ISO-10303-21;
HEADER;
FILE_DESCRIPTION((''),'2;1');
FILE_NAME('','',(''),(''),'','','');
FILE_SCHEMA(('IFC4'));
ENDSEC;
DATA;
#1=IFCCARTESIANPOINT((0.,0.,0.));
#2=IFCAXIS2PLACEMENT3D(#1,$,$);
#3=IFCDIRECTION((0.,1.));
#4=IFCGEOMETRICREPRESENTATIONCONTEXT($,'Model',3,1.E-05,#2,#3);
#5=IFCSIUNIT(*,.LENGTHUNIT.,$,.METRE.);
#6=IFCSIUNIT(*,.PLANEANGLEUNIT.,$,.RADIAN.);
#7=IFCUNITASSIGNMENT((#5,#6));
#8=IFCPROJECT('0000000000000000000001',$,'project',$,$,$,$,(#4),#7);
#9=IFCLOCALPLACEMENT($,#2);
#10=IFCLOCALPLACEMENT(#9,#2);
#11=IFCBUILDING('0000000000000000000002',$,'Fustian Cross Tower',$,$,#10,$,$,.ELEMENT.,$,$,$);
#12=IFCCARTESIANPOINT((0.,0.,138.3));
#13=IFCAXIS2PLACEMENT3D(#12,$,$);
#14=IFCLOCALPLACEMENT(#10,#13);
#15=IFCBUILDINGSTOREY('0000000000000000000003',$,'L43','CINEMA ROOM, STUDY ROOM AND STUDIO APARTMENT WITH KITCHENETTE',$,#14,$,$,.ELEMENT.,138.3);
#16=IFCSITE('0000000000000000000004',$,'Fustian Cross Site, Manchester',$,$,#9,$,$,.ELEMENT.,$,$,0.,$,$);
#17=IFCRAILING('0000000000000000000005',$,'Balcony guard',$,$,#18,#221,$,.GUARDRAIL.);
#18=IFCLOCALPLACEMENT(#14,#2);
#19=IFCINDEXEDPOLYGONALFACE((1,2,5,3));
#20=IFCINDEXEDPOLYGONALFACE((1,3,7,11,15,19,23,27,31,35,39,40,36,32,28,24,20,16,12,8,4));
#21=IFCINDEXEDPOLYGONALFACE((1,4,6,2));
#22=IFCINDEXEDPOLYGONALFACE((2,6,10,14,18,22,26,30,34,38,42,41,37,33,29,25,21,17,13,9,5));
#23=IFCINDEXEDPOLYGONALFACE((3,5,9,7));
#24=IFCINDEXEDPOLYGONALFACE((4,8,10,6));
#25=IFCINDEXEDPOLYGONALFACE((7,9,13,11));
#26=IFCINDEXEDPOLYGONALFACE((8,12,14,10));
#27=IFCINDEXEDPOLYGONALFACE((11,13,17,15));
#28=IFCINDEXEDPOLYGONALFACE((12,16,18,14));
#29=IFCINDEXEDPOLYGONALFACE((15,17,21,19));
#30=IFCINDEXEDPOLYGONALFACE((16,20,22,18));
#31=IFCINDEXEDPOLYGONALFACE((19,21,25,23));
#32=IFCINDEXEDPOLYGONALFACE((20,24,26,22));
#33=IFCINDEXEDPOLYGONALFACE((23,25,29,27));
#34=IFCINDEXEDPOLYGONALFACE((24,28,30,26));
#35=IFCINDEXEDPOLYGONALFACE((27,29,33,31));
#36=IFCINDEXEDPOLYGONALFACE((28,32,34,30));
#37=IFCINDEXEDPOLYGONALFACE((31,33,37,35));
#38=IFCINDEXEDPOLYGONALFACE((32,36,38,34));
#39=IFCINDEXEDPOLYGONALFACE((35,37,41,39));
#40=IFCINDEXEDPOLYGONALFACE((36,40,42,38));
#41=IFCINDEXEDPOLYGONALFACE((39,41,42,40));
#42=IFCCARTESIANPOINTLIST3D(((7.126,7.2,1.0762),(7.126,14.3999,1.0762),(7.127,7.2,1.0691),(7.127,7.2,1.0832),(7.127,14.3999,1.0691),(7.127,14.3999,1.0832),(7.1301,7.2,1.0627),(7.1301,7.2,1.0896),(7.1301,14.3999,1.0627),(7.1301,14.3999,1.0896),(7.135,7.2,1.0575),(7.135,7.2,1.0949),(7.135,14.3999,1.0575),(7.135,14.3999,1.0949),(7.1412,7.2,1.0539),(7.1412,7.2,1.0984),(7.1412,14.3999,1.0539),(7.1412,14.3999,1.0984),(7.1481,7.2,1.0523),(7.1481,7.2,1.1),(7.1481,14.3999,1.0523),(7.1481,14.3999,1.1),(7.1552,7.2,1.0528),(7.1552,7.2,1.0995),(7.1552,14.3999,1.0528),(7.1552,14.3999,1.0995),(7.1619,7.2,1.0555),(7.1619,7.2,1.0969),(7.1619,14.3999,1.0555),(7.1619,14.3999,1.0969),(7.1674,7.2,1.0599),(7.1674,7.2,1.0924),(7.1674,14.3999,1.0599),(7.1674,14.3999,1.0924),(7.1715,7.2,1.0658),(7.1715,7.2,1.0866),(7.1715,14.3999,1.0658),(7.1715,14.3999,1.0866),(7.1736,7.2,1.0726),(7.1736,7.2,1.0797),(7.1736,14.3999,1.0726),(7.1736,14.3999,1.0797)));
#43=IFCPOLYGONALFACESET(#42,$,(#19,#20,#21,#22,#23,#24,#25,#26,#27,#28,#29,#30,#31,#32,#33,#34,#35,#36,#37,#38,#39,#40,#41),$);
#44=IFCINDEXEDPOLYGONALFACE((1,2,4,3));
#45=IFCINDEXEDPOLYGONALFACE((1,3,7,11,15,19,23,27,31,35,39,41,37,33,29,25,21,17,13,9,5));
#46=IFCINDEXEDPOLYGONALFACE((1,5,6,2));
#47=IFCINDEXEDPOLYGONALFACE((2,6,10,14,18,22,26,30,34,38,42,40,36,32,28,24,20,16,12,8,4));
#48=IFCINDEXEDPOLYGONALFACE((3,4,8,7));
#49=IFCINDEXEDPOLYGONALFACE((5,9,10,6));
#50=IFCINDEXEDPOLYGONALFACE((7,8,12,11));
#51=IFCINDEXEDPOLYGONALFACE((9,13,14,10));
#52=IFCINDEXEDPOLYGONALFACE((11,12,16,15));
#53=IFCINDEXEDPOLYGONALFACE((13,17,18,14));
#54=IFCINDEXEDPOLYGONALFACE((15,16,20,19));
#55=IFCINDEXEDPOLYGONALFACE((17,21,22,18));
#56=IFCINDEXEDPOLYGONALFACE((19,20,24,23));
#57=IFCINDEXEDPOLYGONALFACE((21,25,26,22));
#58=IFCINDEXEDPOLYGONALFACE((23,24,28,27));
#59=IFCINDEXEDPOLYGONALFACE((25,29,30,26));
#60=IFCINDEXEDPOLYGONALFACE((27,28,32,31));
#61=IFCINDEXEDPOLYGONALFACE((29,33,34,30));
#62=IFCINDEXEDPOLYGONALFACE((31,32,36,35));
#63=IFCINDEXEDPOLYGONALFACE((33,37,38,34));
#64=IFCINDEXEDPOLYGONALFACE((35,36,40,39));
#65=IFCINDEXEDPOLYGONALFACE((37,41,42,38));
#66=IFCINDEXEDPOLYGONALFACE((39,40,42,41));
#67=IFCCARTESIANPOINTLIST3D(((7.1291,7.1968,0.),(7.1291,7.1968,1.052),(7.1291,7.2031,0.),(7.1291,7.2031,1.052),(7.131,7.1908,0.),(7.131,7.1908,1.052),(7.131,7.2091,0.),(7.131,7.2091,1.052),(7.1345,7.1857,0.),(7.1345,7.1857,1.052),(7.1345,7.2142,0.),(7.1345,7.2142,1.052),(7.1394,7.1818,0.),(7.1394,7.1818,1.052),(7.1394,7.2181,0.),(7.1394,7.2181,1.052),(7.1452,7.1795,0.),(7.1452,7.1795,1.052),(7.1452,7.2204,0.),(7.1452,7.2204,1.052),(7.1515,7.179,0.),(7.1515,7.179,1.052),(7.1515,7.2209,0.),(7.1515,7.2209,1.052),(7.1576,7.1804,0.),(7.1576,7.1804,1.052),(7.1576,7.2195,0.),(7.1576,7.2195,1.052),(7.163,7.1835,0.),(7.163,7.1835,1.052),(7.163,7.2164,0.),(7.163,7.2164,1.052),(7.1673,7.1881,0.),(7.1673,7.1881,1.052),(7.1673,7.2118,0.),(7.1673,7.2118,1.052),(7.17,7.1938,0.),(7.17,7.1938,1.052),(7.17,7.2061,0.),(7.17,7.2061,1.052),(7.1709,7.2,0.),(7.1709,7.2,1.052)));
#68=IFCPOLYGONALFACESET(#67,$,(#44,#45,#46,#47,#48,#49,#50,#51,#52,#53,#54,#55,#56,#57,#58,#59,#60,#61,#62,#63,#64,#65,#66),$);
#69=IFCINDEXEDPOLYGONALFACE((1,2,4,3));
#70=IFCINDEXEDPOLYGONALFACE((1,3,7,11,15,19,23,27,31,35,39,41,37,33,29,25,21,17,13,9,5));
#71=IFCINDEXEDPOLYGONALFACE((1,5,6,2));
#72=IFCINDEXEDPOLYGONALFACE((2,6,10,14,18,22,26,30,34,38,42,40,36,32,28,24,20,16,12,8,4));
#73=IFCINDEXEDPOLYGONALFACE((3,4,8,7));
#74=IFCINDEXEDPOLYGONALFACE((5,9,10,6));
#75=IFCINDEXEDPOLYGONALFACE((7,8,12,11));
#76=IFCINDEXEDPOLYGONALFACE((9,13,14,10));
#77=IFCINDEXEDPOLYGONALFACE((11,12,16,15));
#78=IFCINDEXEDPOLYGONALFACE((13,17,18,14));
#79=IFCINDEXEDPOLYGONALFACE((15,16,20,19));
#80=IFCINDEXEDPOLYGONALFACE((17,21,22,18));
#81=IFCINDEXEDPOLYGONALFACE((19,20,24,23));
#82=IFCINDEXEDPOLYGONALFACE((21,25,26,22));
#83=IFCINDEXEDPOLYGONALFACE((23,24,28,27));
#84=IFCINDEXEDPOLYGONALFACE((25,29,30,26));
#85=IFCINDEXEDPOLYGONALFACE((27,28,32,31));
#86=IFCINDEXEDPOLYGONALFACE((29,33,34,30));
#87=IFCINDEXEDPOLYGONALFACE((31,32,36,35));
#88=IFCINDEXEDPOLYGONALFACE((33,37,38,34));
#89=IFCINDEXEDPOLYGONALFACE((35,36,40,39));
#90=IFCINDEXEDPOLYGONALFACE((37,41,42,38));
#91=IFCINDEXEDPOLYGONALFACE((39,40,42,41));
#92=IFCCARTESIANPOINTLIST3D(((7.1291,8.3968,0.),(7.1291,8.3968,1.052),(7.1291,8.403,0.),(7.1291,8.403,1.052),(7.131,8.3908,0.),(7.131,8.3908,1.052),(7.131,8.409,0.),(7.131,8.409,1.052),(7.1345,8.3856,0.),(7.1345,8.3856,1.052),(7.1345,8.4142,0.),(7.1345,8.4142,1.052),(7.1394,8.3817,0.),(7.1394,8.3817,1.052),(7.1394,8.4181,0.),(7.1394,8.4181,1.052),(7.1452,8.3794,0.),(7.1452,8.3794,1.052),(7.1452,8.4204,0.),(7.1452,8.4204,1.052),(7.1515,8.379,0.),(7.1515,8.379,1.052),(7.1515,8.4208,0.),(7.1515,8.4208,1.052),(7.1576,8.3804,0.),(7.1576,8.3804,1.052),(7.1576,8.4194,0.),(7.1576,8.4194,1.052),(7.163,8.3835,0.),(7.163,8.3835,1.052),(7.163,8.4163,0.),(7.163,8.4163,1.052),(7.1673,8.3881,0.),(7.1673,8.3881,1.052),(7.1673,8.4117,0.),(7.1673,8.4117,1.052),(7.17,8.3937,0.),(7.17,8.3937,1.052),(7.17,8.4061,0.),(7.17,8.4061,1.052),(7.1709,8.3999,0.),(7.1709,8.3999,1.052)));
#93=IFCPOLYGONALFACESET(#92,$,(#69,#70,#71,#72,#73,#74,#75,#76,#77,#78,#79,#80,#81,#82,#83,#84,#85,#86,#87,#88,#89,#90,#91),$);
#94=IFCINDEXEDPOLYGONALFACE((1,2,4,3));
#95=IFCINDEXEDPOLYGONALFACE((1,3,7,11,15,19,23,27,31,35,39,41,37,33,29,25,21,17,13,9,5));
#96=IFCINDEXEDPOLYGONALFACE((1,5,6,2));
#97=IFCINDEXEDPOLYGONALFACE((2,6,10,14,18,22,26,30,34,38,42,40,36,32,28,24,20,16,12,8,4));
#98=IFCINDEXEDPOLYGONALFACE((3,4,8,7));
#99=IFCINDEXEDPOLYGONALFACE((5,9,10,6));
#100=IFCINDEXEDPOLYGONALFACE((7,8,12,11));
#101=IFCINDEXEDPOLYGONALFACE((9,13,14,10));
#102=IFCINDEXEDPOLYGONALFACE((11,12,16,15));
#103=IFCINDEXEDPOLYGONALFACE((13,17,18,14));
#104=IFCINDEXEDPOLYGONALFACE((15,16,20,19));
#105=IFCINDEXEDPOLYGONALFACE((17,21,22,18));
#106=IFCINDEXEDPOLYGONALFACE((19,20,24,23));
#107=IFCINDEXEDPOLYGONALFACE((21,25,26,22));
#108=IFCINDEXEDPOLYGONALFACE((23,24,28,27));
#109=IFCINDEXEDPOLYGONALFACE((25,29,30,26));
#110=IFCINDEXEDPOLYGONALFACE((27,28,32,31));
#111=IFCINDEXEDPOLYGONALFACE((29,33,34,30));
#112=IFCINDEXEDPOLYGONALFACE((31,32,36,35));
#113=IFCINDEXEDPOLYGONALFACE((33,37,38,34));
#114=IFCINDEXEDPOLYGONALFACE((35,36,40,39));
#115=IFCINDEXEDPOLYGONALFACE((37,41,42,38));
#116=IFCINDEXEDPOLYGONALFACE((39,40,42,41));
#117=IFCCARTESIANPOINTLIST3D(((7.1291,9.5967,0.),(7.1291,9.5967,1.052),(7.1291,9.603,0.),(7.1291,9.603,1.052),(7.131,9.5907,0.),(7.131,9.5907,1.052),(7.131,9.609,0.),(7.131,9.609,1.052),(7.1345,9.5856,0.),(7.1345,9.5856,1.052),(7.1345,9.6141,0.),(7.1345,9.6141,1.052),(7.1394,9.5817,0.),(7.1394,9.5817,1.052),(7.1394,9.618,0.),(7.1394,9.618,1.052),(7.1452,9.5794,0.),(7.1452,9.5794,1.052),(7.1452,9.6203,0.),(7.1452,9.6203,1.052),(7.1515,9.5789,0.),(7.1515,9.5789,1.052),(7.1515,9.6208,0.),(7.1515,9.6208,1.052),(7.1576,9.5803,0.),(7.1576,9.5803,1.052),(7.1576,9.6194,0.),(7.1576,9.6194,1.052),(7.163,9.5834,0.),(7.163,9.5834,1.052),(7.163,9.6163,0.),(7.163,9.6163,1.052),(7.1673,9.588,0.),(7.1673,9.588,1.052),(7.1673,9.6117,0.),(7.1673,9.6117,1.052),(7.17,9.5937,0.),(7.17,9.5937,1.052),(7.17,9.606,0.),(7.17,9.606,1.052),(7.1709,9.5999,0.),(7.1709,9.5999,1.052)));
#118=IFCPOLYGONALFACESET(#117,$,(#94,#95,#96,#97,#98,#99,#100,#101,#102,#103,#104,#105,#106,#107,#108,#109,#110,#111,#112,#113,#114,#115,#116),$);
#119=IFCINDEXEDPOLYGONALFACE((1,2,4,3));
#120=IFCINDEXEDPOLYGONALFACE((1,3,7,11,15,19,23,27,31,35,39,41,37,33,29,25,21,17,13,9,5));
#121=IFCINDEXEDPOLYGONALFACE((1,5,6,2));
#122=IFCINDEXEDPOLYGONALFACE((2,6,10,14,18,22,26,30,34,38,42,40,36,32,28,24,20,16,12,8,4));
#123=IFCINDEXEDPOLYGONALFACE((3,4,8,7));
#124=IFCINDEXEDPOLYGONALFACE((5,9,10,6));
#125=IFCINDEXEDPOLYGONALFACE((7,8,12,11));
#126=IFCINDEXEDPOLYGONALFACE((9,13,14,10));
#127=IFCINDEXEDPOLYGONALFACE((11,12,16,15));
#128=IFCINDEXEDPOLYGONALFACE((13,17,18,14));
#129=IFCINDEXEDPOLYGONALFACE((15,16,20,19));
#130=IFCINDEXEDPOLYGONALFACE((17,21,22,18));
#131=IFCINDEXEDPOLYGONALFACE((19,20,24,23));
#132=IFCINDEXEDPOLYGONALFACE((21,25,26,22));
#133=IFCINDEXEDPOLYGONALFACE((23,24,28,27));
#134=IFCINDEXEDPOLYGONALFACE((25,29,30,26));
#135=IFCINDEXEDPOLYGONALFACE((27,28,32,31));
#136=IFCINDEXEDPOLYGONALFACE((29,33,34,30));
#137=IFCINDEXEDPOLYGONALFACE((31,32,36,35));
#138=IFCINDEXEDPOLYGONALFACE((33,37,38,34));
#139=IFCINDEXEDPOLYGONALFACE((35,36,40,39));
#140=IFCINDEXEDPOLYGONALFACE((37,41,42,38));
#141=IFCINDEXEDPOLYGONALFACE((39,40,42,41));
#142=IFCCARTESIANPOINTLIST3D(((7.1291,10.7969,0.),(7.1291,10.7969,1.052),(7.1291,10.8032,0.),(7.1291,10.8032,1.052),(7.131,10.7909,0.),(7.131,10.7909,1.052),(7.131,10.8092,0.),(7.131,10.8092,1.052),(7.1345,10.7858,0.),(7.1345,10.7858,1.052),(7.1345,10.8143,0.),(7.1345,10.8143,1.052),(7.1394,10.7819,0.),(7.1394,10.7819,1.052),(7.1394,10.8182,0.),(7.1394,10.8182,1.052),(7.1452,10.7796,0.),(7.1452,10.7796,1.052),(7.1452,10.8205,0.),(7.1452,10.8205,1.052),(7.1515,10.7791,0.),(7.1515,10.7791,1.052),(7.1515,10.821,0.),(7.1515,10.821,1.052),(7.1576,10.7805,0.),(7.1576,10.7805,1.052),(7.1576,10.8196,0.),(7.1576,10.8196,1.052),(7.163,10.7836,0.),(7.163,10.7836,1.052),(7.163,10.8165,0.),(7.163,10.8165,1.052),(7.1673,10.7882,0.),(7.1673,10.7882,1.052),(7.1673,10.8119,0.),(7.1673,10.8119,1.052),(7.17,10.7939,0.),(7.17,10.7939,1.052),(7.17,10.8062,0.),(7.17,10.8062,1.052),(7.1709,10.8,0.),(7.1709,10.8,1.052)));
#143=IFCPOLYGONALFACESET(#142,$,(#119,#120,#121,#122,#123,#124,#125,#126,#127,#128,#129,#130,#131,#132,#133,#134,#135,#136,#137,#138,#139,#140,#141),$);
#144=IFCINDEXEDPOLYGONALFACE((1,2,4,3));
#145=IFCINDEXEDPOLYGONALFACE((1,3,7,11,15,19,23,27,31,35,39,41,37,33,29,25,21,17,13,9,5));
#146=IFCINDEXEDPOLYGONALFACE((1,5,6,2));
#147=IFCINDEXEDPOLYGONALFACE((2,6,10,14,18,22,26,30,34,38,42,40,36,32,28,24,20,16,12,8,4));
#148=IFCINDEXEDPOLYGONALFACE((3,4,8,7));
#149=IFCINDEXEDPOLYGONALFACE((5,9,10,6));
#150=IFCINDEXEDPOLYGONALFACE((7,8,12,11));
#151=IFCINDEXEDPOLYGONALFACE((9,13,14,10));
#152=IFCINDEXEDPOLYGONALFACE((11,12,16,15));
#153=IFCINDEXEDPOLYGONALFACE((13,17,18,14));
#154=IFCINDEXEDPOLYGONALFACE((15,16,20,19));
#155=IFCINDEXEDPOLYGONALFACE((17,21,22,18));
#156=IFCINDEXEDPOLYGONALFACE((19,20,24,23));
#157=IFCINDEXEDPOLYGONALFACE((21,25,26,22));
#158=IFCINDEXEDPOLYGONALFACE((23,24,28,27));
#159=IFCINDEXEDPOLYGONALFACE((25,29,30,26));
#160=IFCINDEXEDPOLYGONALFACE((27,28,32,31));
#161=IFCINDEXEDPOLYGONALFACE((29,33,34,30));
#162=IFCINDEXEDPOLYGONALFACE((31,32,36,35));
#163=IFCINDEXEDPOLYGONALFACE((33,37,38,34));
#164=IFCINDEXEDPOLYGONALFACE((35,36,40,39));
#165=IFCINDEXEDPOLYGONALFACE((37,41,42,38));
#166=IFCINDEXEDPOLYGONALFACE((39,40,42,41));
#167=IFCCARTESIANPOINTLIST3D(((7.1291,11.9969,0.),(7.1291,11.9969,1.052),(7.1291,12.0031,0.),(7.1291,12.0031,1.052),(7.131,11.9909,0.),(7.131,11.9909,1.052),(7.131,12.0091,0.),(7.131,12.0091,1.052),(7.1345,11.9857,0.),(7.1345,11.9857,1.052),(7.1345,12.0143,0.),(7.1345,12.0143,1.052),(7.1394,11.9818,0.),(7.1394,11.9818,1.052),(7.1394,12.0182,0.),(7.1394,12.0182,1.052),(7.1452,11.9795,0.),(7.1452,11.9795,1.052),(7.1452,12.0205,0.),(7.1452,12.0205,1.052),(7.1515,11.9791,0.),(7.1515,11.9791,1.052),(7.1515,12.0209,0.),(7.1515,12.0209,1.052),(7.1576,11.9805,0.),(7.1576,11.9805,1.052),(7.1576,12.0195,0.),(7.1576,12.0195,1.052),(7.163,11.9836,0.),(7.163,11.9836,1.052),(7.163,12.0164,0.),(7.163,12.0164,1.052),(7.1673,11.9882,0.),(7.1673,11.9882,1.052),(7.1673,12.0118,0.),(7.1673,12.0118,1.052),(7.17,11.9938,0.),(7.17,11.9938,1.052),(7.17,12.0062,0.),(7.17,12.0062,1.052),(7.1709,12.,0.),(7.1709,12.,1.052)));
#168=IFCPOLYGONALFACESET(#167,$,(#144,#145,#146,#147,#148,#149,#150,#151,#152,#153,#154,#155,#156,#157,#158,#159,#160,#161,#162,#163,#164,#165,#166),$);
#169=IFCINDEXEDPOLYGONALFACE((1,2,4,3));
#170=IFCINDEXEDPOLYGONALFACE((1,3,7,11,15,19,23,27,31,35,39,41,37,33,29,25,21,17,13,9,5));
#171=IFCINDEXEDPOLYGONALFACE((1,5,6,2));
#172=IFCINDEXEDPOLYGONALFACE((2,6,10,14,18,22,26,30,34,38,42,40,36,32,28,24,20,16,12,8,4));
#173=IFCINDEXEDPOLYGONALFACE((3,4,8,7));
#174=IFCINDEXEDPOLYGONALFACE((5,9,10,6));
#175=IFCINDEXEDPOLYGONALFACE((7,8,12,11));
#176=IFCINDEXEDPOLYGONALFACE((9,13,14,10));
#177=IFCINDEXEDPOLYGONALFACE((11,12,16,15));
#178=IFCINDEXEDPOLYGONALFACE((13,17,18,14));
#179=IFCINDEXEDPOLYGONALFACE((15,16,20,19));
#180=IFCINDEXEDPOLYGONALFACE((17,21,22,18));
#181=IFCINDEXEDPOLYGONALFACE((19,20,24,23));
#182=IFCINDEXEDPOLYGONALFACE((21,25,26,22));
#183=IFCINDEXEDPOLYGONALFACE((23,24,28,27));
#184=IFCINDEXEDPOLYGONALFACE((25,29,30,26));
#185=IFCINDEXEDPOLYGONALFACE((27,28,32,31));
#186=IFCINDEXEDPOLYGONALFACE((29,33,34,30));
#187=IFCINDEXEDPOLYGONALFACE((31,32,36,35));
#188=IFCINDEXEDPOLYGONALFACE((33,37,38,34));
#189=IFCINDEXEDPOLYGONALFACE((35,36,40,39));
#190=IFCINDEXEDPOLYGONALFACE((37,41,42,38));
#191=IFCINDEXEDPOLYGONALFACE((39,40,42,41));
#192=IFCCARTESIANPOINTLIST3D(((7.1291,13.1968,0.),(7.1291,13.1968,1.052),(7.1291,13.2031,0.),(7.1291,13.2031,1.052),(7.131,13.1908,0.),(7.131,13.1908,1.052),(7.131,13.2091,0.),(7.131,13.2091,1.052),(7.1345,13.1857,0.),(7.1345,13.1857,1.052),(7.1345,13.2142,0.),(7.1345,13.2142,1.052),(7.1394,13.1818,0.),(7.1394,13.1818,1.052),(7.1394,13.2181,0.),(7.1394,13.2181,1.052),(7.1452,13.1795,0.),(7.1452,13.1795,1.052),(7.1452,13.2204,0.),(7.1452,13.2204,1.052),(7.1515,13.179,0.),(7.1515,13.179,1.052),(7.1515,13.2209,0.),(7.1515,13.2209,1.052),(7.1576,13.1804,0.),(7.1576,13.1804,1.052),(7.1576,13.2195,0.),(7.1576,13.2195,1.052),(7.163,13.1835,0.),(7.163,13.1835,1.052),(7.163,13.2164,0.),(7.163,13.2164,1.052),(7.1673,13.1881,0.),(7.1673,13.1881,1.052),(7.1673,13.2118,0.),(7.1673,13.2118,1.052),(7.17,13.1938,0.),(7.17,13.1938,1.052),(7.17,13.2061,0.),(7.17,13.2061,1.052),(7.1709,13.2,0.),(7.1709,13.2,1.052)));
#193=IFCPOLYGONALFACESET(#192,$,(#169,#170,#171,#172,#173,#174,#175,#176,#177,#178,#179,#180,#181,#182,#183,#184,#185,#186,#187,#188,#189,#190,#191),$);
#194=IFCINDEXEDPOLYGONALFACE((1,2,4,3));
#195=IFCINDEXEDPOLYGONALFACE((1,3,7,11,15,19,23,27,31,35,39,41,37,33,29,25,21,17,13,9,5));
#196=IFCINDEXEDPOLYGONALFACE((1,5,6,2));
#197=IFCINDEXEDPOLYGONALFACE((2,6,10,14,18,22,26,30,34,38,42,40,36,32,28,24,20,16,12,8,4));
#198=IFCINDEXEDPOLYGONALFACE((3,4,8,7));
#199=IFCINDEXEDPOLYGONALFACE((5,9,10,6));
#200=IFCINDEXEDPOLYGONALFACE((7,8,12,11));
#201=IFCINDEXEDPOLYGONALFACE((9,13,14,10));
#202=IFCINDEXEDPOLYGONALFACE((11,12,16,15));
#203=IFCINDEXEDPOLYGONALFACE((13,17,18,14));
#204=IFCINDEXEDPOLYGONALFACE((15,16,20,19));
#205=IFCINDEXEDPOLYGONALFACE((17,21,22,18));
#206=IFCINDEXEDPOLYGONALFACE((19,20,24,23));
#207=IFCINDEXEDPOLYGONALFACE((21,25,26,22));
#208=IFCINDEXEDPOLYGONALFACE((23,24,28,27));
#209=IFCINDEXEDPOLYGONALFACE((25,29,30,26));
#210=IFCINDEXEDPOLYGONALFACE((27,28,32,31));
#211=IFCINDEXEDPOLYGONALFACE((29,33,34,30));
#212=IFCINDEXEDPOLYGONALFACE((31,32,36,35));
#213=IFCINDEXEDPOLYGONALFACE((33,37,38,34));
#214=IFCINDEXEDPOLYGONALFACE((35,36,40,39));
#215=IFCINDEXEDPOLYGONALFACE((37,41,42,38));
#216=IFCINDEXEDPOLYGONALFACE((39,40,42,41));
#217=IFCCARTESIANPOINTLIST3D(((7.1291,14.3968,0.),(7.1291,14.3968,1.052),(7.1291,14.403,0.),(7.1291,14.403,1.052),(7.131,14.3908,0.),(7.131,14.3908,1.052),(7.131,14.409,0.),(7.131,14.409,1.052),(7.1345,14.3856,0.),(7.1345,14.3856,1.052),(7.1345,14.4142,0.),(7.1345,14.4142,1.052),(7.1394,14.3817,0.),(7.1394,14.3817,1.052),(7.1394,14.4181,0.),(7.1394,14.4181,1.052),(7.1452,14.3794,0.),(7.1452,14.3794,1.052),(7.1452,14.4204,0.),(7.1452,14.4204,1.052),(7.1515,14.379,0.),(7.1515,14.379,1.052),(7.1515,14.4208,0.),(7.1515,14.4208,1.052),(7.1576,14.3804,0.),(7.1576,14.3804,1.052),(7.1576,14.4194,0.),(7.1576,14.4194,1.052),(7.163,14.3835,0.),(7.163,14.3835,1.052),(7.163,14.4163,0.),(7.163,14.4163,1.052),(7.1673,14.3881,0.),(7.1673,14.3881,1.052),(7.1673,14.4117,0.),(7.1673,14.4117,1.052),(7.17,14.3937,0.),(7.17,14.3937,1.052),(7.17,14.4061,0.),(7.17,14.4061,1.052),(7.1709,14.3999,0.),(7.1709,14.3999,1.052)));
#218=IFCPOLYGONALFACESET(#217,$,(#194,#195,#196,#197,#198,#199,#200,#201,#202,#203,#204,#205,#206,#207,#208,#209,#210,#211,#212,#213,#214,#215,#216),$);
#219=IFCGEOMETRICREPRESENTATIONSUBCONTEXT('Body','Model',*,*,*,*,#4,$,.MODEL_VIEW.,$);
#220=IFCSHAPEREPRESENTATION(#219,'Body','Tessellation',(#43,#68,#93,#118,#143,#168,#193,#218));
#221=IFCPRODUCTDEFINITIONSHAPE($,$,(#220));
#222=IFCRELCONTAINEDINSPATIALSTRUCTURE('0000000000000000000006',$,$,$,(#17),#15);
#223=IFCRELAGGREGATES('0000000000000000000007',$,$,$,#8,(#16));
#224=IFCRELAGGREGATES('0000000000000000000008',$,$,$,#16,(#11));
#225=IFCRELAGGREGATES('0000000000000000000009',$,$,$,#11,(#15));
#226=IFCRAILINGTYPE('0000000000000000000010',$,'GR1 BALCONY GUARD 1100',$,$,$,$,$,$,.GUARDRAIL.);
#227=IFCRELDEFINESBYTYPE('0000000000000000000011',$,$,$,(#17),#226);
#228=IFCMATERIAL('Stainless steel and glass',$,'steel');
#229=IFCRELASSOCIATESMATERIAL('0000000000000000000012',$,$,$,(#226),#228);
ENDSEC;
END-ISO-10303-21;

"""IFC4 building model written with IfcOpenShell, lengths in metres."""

from ifc_helpers import new_model, si_unit, direction, frame, origin, origin_2d, place, context, subcontext, project, spatial, circle, extrude, material, type_object, element, save


model = new_model("IFC4")

# Units and contexts
model_context = context("Model", 3, precision=1e-05, world=origin(), true_north=direction((0.0, 1.0)))
body_context = subcontext(model_context, "Body", "Model", "MODEL_VIEW")
ifc_project = project(units=[si_unit("LENGTHUNIT", "METRE"), si_unit("PLANEANGLEUNIT", "RADIAN")], contexts=[model_context])

# Site, building, storey
site_placement = place(None, origin())
site = spatial("IfcSite", under=ifc_project, at=site_placement, Name="Fustian Cross Site, Manchester", CompositionType="ELEMENT", RefElevation=0.0)
building_placement = place(site_placement, origin())
building = spatial("IfcBuilding", under=site, at=building_placement, Name="Fustian Cross Tower", CompositionType="ELEMENT")
storey_placement = place(building_placement, frame((0.0, 0.0, 138.3)))
storey = spatial("IfcBuildingStorey", under=building, at=storey_placement, Name="L43", Description="CINEMA ROOM, STUDY ROOM AND STUDIO APARTMENT WITH KITCHENETTE", CompositionType="ELEMENT", Elevation=138.3)

# Railing
ifc_material_1 = material(Name="Stainless steel and glass", Category="steel")
railing_type = type_object("IfcRailingType", Name="GR1 BALCONY GUARD 1100", PredefinedType="GUARDRAIL", material=ifc_material_1)
railing_placement = place(storey_placement, frame((7.1499, 7.2, 0.0)))
element("IfcRailing", 1, at=railing_placement, inside=storey, type_object=railing_type, Name="Balcony guard", PredefinedType="GUARDRAIL", context=body_context, shape_type="SweptSolid", body=[
    extrude(circle(Radius=0.0239, at=origin_2d()), frame((0.0, 0.0, 1.0762), z_axis=(0.0, 1.0, 0.0), x_axis=(-1.0, 0.0, 0.0)), (0.0, 0.0, 1.0), 7.2),
    extrude(circle(Radius=0.021, at=origin_2d()), origin(), (0.0, 0.0, 1.0), 1.052),
    extrude(circle(Radius=0.021, at=origin_2d()), frame((0.0, 1.2, 0.0)), (0.0, 0.0, 1.0), 1.052),
    extrude(circle(Radius=0.021, at=origin_2d()), frame((0.0, 2.3999, 0.0)), (0.0, 0.0, 1.0), 1.052),
    extrude(circle(Radius=0.021, at=origin_2d()), frame((0.0, 3.6001, 0.0)), (0.0, 0.0, 1.0), 1.052),
    extrude(circle(Radius=0.021, at=origin_2d()), frame((0.0, 4.8, 0.0)), (0.0, 0.0, 1.0), 1.052),
    extrude(circle(Radius=0.021, at=origin_2d()), frame((0.0, 6.0, 0.0)), (0.0, 0.0, 1.0), 1.052),
    extrude(circle(Radius=0.021, at=origin_2d()), frame((0.0, 7.2, 0.0)), (0.0, 0.0, 1.0), 1.052),
])

save(model, "model.ifc")
